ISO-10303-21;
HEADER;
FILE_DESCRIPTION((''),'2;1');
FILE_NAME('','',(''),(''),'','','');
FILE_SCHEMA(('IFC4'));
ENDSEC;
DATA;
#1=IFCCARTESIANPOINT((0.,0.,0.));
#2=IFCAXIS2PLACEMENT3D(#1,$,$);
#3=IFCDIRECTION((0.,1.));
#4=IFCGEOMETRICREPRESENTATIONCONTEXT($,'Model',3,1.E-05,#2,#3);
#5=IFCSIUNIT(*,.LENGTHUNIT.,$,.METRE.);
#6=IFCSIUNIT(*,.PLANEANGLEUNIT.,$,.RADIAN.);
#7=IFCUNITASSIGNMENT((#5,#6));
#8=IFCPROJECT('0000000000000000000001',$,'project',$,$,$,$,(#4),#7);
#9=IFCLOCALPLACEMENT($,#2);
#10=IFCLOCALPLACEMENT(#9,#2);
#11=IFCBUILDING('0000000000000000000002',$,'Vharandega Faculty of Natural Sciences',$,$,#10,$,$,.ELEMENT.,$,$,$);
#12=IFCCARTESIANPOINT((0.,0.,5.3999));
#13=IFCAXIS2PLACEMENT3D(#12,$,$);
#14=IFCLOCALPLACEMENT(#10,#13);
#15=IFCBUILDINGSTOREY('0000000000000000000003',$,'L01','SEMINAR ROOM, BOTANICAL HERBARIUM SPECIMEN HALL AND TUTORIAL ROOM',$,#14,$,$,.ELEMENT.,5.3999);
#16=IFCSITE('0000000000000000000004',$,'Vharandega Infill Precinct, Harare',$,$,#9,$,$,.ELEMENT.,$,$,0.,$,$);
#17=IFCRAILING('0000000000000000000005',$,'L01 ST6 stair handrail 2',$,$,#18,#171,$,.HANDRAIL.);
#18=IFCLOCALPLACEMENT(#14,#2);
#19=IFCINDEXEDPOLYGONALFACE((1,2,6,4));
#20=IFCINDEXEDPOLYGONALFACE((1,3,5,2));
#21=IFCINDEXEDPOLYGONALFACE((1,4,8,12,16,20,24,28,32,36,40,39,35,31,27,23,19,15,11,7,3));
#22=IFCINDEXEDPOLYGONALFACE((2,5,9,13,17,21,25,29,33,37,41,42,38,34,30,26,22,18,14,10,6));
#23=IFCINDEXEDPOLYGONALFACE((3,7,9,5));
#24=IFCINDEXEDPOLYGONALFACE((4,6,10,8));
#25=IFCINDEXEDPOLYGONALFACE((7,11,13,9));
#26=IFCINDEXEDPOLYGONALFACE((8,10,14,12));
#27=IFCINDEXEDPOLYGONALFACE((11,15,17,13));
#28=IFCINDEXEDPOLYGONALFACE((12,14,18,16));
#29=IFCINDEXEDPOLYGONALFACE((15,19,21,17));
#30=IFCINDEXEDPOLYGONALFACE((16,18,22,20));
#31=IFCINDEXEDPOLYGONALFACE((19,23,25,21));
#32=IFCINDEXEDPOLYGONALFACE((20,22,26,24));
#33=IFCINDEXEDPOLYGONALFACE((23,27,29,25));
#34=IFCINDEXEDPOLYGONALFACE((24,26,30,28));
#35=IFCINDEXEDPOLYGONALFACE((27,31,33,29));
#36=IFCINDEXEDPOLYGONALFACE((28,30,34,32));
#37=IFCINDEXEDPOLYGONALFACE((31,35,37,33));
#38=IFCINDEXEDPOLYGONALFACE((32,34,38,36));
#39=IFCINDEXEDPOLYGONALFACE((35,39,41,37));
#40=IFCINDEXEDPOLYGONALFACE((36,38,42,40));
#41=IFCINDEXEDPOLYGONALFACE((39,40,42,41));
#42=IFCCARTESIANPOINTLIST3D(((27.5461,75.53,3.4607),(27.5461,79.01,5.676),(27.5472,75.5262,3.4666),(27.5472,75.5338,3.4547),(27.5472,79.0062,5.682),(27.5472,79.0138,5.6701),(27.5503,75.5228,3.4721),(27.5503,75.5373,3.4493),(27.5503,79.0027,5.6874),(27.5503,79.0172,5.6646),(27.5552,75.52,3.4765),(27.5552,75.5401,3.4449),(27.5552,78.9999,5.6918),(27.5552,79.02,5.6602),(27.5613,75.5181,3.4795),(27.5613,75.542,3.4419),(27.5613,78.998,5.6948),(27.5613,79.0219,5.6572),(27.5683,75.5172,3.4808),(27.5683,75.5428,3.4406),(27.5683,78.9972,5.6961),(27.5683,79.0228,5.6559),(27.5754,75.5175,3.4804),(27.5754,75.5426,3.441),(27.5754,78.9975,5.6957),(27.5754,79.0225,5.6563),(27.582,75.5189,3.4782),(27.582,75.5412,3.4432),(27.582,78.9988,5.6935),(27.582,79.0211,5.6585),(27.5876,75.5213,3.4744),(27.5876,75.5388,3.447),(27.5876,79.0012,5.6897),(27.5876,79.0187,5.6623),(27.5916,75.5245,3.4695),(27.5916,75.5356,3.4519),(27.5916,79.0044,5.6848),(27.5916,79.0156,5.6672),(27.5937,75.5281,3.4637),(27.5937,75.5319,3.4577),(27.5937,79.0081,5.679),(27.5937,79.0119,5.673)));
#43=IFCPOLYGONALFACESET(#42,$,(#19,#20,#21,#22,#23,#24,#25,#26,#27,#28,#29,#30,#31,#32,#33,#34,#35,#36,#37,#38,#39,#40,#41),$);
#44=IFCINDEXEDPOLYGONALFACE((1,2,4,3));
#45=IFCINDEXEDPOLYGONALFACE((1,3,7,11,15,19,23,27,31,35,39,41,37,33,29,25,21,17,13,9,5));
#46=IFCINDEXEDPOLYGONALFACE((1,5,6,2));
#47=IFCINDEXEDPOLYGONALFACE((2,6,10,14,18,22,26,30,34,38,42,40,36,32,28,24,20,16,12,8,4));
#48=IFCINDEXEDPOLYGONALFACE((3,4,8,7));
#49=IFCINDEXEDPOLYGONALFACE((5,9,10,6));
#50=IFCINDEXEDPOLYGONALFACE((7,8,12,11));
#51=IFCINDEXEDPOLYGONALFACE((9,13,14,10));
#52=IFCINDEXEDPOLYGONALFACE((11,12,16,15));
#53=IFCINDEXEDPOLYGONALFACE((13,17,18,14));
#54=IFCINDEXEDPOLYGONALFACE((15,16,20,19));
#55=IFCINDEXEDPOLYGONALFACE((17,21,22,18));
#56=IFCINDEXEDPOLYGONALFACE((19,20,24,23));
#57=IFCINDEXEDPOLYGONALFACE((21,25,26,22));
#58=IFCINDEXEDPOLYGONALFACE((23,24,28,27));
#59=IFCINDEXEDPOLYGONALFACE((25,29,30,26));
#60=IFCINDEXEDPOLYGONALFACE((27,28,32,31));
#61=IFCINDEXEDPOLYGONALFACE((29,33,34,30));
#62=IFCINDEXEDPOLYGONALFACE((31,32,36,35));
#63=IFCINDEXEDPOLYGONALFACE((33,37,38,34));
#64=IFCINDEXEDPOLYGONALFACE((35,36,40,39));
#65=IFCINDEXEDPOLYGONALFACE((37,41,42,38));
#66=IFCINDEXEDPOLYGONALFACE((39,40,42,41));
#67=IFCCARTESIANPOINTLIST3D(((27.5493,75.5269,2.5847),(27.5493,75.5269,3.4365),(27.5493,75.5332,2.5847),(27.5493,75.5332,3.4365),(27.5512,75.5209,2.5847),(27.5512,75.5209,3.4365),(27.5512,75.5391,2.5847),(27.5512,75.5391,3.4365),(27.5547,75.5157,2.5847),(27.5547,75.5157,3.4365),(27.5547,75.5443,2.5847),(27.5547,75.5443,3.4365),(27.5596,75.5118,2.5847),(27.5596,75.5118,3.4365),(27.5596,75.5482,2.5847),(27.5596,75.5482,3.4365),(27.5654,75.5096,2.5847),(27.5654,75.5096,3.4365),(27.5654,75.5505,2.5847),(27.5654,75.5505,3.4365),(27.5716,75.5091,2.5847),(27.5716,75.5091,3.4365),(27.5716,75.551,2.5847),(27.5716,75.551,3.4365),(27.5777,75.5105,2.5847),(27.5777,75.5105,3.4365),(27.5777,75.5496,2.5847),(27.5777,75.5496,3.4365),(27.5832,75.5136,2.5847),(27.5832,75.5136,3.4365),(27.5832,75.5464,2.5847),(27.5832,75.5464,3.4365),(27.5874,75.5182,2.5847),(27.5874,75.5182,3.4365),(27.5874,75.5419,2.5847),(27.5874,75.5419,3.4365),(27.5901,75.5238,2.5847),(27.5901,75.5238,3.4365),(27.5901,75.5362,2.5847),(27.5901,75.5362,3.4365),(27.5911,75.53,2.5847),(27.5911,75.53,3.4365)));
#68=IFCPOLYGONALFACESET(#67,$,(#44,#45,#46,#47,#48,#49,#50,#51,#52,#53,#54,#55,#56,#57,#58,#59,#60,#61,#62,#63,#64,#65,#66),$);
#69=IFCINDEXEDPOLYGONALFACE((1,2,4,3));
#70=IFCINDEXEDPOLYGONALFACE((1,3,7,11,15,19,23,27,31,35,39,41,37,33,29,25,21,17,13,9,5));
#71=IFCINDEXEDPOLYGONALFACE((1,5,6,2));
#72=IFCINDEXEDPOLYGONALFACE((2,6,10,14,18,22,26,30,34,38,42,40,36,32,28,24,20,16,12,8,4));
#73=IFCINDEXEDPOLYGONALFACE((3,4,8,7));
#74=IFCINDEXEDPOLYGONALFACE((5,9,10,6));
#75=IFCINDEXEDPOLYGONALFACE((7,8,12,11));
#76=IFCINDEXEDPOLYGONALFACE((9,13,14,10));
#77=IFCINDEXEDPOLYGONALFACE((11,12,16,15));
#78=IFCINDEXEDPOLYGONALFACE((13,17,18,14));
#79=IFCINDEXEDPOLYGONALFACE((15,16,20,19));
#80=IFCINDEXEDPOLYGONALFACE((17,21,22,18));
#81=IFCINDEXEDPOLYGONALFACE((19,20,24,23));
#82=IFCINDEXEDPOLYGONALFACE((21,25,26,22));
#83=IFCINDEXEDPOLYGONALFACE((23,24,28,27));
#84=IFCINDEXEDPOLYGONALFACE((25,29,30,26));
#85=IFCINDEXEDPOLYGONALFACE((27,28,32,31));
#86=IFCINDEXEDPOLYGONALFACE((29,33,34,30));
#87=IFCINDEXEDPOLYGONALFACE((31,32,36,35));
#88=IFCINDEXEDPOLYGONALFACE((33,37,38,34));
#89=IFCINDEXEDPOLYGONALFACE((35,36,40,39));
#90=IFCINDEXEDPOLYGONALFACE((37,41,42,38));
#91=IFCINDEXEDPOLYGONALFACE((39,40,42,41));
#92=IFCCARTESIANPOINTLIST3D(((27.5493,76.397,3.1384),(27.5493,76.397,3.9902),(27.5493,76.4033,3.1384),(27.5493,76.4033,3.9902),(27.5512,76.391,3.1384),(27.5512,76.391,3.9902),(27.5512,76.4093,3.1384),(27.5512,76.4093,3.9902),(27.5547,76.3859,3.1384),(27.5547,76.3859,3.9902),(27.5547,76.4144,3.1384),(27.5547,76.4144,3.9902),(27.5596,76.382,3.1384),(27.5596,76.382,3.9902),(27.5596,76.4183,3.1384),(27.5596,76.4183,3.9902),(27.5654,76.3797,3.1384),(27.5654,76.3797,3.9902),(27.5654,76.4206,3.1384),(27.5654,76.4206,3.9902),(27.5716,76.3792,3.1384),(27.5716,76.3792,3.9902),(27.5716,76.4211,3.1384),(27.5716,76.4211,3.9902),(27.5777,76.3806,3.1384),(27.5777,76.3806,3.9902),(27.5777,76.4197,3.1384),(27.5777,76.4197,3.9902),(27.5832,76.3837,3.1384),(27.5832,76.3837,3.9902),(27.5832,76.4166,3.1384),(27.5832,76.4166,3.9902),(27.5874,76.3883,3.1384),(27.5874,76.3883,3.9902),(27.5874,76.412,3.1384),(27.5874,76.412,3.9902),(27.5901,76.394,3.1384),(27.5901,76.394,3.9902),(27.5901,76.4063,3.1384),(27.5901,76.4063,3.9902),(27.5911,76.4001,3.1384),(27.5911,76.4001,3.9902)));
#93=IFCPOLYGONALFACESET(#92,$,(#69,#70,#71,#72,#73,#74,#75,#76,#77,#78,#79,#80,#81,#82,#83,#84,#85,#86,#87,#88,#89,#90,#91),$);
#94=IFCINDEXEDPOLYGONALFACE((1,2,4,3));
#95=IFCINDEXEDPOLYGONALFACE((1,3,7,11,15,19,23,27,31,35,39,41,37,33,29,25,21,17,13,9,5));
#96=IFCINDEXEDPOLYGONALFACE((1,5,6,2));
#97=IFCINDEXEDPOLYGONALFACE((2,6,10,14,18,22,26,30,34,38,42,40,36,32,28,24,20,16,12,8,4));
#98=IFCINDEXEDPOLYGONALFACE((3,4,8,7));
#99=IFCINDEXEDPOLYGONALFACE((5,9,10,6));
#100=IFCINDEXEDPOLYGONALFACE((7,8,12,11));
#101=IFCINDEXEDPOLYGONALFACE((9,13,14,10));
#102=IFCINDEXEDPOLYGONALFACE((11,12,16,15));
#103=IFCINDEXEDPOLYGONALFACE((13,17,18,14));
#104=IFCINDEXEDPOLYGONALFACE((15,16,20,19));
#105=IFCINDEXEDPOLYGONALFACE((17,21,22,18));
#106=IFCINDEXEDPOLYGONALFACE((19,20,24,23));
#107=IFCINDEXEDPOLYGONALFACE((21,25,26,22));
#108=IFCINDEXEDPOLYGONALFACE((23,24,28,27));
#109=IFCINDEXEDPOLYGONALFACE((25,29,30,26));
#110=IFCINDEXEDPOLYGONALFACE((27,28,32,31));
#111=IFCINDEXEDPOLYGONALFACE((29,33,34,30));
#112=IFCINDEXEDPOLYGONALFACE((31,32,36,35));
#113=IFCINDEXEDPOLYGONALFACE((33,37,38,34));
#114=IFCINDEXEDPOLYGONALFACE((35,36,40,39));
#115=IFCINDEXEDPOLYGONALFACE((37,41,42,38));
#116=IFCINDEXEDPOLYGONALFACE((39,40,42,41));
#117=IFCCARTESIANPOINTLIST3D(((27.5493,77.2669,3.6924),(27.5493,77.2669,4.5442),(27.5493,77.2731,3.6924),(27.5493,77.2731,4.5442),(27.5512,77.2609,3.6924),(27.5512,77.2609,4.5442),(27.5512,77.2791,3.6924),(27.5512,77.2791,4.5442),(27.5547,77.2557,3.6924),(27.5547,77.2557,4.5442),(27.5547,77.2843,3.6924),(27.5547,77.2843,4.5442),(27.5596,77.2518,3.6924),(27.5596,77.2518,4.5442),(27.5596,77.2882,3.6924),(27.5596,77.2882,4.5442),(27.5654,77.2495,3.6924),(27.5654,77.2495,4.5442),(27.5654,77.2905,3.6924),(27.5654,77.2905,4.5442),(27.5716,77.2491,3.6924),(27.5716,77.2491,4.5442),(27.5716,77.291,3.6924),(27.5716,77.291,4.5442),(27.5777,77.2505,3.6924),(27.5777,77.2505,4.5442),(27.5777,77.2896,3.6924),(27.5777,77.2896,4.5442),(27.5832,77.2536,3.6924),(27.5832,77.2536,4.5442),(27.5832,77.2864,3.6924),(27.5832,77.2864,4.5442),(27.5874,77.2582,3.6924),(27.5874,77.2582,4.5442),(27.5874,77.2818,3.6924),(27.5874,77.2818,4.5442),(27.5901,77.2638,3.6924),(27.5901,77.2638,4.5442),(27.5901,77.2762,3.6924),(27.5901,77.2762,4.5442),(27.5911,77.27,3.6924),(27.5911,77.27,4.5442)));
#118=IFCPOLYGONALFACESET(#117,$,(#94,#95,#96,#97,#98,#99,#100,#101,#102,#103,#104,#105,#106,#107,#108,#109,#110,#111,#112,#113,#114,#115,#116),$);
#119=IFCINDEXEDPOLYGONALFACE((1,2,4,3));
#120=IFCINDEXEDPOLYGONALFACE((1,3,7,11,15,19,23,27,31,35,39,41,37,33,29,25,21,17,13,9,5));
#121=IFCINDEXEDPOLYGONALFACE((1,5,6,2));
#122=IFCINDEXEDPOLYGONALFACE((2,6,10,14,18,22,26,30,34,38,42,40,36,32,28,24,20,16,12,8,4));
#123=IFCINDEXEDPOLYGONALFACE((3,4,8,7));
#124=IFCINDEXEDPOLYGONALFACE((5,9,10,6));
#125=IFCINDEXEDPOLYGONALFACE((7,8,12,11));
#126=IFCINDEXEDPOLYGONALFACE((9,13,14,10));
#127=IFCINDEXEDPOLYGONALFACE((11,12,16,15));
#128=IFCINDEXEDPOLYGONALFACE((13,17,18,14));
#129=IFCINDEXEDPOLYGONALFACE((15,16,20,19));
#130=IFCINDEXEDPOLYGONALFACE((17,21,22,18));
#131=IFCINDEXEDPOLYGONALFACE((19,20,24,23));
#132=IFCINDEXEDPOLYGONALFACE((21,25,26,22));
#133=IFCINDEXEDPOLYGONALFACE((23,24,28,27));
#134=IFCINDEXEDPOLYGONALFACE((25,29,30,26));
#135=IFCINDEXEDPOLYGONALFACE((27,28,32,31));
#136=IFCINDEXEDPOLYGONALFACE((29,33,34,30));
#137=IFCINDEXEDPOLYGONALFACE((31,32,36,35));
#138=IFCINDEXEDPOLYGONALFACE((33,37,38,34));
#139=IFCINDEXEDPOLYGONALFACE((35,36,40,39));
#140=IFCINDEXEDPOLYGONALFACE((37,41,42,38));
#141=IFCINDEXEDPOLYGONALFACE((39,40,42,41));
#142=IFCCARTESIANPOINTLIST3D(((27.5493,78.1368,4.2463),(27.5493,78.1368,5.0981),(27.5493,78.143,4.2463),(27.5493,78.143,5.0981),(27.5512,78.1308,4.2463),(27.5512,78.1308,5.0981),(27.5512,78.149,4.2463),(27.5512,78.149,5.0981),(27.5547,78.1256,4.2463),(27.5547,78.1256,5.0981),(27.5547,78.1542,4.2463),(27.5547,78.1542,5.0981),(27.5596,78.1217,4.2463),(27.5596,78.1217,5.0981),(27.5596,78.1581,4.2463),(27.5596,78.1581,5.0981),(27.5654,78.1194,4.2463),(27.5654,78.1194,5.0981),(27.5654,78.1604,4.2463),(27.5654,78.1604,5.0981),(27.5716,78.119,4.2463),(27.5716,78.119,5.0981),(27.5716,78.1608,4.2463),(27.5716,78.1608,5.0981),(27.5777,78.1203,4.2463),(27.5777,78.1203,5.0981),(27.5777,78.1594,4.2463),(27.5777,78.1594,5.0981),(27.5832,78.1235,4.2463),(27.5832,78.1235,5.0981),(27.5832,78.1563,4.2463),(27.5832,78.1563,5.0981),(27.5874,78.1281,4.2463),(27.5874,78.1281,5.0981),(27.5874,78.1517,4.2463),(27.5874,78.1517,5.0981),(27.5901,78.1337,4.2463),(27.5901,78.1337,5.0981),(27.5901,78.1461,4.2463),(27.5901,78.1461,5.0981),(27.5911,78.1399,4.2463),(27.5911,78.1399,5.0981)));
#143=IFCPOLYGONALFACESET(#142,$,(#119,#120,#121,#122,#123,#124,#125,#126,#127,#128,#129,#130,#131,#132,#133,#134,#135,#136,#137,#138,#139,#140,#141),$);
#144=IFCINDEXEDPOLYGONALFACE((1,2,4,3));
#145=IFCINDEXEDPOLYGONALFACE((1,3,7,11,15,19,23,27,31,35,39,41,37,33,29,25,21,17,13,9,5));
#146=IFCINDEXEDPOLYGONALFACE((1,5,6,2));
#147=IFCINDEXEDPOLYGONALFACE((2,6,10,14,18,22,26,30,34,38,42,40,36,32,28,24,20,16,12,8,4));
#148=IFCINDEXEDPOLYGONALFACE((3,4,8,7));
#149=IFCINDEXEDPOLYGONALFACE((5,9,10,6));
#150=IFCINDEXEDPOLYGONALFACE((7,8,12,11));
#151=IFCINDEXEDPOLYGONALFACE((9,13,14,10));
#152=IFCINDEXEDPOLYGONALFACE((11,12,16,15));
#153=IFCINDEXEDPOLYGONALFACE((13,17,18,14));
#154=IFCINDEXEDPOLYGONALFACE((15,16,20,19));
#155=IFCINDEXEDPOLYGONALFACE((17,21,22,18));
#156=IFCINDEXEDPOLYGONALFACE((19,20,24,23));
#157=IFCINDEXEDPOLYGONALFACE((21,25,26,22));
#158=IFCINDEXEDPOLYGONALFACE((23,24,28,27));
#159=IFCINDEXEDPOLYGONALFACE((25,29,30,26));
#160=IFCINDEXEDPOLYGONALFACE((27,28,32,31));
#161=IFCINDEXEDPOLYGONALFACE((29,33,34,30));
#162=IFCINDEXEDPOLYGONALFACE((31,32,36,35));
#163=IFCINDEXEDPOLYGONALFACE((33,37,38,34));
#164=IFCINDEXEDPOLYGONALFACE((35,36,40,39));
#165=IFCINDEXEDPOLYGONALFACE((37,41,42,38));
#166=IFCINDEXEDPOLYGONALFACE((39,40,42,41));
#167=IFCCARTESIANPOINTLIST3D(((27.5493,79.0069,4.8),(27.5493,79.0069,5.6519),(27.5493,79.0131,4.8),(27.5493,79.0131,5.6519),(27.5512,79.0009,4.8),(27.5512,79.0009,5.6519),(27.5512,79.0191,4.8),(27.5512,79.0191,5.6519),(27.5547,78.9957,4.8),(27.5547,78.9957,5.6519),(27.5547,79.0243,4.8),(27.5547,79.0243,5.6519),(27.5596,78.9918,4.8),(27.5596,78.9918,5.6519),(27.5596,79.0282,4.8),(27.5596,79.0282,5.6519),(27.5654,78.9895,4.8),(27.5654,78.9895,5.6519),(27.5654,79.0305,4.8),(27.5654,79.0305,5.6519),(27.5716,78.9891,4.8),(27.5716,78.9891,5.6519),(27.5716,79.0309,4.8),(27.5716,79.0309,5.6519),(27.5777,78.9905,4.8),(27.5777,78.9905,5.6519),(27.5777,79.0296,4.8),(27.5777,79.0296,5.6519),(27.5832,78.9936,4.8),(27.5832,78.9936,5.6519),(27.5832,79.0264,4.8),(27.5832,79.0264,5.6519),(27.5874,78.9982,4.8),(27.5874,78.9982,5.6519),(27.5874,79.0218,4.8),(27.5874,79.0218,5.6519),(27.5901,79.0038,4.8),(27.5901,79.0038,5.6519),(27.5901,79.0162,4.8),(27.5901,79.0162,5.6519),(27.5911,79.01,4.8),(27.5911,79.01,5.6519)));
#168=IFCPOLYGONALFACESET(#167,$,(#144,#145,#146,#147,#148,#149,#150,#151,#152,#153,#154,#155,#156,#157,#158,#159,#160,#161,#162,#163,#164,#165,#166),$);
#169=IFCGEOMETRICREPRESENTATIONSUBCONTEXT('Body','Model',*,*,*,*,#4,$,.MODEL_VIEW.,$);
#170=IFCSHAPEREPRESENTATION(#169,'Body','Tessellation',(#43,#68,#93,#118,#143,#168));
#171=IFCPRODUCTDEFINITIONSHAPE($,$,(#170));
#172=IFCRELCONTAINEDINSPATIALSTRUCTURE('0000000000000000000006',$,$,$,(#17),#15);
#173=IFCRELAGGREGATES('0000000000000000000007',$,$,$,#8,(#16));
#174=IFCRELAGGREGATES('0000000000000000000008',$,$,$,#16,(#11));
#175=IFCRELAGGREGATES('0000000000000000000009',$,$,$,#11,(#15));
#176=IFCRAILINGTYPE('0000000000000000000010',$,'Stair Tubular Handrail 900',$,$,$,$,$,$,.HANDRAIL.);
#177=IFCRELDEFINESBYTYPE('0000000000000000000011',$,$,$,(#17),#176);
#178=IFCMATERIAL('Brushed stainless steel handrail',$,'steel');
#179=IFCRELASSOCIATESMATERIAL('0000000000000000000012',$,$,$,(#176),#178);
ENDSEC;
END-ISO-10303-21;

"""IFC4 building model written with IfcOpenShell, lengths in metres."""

from ifc_helpers import new_model, si_unit, direction, frame, origin, origin_2d, place, context, subcontext, project, spatial, circle, extrude, material, type_object, element, save


model = new_model("IFC4")

# Units and contexts
model_context = context("Model", 3, precision=1e-05, world=origin(), true_north=direction((0.0, 1.0)))
body_context = subcontext(model_context, "Body", "Model", "MODEL_VIEW")
ifc_project = project(units=[si_unit("LENGTHUNIT", "METRE"), si_unit("PLANEANGLEUNIT", "RADIAN")], contexts=[model_context])

# Site, building, storey
site_placement = place(None, origin())
site = spatial("IfcSite", under=ifc_project, at=site_placement, Name="Vharandega Infill Precinct, Harare", CompositionType="ELEMENT", RefElevation=0.0)
building_placement = place(site_placement, origin())
building = spatial("IfcBuilding", under=site, at=building_placement, Name="Vharandega Faculty of Natural Sciences", CompositionType="ELEMENT")
storey_placement = place(building_placement, frame((0.0, 0.0, 5.3999)))
storey = spatial("IfcBuildingStorey", under=building, at=storey_placement, Name="L01", Description="SEMINAR ROOM, BOTANICAL HERBARIUM SPECIMEN HALL AND TUTORIAL ROOM", CompositionType="ELEMENT", Elevation=5.3999)

# Railing
ifc_material_1 = material(Name="Brushed stainless steel handrail", Category="steel")
railing_type_1 = type_object("IfcRailingType", Name="Stair Tubular Handrail 900", PredefinedType="HANDRAIL", material=ifc_material_1)
railing_1_placement = place(storey_placement, frame((27.5701, 75.53, 2.5847)))
element("IfcRailing", 1, at=railing_1_placement, inside=storey, type_object=railing_type_1, Name="L01 ST6 stair handrail 2", PredefinedType="HANDRAIL", context=body_context, shape_type="SweptSolid", body=[
    extrude(circle(Radius=0.0239, at=origin_2d()), frame((0.0, 0.0, 0.876), z_axis=(0.0, 0.843574, 0.537013), x_axis=(-1.0, 0.0, 0.0)), (0.0, 0.0, 1.0), 4.1252),
    extrude(circle(Radius=0.021, at=origin_2d()), origin(), (0.0, 0.0, 1.0), 0.8518),
    extrude(circle(Radius=0.021, at=origin_2d()), frame((0.0, 0.8701, 0.5537)), (0.0, 0.0, 1.0), 0.8518),
    extrude(circle(Radius=0.021, at=origin_2d()), frame((0.0, 1.74, 1.1077)), (0.0, 0.0, 1.0), 0.8518),
    extrude(circle(Radius=0.021, at=origin_2d()), frame((0.0, 2.6099, 1.6616)), (0.0, 0.0, 1.0), 0.8518),
    extrude(circle(Radius=0.021, at=origin_2d()), frame((0.0, 3.48, 2.2153)), (0.0, 0.0, 1.0), 0.8518),
])

save(model, "model.ifc")
